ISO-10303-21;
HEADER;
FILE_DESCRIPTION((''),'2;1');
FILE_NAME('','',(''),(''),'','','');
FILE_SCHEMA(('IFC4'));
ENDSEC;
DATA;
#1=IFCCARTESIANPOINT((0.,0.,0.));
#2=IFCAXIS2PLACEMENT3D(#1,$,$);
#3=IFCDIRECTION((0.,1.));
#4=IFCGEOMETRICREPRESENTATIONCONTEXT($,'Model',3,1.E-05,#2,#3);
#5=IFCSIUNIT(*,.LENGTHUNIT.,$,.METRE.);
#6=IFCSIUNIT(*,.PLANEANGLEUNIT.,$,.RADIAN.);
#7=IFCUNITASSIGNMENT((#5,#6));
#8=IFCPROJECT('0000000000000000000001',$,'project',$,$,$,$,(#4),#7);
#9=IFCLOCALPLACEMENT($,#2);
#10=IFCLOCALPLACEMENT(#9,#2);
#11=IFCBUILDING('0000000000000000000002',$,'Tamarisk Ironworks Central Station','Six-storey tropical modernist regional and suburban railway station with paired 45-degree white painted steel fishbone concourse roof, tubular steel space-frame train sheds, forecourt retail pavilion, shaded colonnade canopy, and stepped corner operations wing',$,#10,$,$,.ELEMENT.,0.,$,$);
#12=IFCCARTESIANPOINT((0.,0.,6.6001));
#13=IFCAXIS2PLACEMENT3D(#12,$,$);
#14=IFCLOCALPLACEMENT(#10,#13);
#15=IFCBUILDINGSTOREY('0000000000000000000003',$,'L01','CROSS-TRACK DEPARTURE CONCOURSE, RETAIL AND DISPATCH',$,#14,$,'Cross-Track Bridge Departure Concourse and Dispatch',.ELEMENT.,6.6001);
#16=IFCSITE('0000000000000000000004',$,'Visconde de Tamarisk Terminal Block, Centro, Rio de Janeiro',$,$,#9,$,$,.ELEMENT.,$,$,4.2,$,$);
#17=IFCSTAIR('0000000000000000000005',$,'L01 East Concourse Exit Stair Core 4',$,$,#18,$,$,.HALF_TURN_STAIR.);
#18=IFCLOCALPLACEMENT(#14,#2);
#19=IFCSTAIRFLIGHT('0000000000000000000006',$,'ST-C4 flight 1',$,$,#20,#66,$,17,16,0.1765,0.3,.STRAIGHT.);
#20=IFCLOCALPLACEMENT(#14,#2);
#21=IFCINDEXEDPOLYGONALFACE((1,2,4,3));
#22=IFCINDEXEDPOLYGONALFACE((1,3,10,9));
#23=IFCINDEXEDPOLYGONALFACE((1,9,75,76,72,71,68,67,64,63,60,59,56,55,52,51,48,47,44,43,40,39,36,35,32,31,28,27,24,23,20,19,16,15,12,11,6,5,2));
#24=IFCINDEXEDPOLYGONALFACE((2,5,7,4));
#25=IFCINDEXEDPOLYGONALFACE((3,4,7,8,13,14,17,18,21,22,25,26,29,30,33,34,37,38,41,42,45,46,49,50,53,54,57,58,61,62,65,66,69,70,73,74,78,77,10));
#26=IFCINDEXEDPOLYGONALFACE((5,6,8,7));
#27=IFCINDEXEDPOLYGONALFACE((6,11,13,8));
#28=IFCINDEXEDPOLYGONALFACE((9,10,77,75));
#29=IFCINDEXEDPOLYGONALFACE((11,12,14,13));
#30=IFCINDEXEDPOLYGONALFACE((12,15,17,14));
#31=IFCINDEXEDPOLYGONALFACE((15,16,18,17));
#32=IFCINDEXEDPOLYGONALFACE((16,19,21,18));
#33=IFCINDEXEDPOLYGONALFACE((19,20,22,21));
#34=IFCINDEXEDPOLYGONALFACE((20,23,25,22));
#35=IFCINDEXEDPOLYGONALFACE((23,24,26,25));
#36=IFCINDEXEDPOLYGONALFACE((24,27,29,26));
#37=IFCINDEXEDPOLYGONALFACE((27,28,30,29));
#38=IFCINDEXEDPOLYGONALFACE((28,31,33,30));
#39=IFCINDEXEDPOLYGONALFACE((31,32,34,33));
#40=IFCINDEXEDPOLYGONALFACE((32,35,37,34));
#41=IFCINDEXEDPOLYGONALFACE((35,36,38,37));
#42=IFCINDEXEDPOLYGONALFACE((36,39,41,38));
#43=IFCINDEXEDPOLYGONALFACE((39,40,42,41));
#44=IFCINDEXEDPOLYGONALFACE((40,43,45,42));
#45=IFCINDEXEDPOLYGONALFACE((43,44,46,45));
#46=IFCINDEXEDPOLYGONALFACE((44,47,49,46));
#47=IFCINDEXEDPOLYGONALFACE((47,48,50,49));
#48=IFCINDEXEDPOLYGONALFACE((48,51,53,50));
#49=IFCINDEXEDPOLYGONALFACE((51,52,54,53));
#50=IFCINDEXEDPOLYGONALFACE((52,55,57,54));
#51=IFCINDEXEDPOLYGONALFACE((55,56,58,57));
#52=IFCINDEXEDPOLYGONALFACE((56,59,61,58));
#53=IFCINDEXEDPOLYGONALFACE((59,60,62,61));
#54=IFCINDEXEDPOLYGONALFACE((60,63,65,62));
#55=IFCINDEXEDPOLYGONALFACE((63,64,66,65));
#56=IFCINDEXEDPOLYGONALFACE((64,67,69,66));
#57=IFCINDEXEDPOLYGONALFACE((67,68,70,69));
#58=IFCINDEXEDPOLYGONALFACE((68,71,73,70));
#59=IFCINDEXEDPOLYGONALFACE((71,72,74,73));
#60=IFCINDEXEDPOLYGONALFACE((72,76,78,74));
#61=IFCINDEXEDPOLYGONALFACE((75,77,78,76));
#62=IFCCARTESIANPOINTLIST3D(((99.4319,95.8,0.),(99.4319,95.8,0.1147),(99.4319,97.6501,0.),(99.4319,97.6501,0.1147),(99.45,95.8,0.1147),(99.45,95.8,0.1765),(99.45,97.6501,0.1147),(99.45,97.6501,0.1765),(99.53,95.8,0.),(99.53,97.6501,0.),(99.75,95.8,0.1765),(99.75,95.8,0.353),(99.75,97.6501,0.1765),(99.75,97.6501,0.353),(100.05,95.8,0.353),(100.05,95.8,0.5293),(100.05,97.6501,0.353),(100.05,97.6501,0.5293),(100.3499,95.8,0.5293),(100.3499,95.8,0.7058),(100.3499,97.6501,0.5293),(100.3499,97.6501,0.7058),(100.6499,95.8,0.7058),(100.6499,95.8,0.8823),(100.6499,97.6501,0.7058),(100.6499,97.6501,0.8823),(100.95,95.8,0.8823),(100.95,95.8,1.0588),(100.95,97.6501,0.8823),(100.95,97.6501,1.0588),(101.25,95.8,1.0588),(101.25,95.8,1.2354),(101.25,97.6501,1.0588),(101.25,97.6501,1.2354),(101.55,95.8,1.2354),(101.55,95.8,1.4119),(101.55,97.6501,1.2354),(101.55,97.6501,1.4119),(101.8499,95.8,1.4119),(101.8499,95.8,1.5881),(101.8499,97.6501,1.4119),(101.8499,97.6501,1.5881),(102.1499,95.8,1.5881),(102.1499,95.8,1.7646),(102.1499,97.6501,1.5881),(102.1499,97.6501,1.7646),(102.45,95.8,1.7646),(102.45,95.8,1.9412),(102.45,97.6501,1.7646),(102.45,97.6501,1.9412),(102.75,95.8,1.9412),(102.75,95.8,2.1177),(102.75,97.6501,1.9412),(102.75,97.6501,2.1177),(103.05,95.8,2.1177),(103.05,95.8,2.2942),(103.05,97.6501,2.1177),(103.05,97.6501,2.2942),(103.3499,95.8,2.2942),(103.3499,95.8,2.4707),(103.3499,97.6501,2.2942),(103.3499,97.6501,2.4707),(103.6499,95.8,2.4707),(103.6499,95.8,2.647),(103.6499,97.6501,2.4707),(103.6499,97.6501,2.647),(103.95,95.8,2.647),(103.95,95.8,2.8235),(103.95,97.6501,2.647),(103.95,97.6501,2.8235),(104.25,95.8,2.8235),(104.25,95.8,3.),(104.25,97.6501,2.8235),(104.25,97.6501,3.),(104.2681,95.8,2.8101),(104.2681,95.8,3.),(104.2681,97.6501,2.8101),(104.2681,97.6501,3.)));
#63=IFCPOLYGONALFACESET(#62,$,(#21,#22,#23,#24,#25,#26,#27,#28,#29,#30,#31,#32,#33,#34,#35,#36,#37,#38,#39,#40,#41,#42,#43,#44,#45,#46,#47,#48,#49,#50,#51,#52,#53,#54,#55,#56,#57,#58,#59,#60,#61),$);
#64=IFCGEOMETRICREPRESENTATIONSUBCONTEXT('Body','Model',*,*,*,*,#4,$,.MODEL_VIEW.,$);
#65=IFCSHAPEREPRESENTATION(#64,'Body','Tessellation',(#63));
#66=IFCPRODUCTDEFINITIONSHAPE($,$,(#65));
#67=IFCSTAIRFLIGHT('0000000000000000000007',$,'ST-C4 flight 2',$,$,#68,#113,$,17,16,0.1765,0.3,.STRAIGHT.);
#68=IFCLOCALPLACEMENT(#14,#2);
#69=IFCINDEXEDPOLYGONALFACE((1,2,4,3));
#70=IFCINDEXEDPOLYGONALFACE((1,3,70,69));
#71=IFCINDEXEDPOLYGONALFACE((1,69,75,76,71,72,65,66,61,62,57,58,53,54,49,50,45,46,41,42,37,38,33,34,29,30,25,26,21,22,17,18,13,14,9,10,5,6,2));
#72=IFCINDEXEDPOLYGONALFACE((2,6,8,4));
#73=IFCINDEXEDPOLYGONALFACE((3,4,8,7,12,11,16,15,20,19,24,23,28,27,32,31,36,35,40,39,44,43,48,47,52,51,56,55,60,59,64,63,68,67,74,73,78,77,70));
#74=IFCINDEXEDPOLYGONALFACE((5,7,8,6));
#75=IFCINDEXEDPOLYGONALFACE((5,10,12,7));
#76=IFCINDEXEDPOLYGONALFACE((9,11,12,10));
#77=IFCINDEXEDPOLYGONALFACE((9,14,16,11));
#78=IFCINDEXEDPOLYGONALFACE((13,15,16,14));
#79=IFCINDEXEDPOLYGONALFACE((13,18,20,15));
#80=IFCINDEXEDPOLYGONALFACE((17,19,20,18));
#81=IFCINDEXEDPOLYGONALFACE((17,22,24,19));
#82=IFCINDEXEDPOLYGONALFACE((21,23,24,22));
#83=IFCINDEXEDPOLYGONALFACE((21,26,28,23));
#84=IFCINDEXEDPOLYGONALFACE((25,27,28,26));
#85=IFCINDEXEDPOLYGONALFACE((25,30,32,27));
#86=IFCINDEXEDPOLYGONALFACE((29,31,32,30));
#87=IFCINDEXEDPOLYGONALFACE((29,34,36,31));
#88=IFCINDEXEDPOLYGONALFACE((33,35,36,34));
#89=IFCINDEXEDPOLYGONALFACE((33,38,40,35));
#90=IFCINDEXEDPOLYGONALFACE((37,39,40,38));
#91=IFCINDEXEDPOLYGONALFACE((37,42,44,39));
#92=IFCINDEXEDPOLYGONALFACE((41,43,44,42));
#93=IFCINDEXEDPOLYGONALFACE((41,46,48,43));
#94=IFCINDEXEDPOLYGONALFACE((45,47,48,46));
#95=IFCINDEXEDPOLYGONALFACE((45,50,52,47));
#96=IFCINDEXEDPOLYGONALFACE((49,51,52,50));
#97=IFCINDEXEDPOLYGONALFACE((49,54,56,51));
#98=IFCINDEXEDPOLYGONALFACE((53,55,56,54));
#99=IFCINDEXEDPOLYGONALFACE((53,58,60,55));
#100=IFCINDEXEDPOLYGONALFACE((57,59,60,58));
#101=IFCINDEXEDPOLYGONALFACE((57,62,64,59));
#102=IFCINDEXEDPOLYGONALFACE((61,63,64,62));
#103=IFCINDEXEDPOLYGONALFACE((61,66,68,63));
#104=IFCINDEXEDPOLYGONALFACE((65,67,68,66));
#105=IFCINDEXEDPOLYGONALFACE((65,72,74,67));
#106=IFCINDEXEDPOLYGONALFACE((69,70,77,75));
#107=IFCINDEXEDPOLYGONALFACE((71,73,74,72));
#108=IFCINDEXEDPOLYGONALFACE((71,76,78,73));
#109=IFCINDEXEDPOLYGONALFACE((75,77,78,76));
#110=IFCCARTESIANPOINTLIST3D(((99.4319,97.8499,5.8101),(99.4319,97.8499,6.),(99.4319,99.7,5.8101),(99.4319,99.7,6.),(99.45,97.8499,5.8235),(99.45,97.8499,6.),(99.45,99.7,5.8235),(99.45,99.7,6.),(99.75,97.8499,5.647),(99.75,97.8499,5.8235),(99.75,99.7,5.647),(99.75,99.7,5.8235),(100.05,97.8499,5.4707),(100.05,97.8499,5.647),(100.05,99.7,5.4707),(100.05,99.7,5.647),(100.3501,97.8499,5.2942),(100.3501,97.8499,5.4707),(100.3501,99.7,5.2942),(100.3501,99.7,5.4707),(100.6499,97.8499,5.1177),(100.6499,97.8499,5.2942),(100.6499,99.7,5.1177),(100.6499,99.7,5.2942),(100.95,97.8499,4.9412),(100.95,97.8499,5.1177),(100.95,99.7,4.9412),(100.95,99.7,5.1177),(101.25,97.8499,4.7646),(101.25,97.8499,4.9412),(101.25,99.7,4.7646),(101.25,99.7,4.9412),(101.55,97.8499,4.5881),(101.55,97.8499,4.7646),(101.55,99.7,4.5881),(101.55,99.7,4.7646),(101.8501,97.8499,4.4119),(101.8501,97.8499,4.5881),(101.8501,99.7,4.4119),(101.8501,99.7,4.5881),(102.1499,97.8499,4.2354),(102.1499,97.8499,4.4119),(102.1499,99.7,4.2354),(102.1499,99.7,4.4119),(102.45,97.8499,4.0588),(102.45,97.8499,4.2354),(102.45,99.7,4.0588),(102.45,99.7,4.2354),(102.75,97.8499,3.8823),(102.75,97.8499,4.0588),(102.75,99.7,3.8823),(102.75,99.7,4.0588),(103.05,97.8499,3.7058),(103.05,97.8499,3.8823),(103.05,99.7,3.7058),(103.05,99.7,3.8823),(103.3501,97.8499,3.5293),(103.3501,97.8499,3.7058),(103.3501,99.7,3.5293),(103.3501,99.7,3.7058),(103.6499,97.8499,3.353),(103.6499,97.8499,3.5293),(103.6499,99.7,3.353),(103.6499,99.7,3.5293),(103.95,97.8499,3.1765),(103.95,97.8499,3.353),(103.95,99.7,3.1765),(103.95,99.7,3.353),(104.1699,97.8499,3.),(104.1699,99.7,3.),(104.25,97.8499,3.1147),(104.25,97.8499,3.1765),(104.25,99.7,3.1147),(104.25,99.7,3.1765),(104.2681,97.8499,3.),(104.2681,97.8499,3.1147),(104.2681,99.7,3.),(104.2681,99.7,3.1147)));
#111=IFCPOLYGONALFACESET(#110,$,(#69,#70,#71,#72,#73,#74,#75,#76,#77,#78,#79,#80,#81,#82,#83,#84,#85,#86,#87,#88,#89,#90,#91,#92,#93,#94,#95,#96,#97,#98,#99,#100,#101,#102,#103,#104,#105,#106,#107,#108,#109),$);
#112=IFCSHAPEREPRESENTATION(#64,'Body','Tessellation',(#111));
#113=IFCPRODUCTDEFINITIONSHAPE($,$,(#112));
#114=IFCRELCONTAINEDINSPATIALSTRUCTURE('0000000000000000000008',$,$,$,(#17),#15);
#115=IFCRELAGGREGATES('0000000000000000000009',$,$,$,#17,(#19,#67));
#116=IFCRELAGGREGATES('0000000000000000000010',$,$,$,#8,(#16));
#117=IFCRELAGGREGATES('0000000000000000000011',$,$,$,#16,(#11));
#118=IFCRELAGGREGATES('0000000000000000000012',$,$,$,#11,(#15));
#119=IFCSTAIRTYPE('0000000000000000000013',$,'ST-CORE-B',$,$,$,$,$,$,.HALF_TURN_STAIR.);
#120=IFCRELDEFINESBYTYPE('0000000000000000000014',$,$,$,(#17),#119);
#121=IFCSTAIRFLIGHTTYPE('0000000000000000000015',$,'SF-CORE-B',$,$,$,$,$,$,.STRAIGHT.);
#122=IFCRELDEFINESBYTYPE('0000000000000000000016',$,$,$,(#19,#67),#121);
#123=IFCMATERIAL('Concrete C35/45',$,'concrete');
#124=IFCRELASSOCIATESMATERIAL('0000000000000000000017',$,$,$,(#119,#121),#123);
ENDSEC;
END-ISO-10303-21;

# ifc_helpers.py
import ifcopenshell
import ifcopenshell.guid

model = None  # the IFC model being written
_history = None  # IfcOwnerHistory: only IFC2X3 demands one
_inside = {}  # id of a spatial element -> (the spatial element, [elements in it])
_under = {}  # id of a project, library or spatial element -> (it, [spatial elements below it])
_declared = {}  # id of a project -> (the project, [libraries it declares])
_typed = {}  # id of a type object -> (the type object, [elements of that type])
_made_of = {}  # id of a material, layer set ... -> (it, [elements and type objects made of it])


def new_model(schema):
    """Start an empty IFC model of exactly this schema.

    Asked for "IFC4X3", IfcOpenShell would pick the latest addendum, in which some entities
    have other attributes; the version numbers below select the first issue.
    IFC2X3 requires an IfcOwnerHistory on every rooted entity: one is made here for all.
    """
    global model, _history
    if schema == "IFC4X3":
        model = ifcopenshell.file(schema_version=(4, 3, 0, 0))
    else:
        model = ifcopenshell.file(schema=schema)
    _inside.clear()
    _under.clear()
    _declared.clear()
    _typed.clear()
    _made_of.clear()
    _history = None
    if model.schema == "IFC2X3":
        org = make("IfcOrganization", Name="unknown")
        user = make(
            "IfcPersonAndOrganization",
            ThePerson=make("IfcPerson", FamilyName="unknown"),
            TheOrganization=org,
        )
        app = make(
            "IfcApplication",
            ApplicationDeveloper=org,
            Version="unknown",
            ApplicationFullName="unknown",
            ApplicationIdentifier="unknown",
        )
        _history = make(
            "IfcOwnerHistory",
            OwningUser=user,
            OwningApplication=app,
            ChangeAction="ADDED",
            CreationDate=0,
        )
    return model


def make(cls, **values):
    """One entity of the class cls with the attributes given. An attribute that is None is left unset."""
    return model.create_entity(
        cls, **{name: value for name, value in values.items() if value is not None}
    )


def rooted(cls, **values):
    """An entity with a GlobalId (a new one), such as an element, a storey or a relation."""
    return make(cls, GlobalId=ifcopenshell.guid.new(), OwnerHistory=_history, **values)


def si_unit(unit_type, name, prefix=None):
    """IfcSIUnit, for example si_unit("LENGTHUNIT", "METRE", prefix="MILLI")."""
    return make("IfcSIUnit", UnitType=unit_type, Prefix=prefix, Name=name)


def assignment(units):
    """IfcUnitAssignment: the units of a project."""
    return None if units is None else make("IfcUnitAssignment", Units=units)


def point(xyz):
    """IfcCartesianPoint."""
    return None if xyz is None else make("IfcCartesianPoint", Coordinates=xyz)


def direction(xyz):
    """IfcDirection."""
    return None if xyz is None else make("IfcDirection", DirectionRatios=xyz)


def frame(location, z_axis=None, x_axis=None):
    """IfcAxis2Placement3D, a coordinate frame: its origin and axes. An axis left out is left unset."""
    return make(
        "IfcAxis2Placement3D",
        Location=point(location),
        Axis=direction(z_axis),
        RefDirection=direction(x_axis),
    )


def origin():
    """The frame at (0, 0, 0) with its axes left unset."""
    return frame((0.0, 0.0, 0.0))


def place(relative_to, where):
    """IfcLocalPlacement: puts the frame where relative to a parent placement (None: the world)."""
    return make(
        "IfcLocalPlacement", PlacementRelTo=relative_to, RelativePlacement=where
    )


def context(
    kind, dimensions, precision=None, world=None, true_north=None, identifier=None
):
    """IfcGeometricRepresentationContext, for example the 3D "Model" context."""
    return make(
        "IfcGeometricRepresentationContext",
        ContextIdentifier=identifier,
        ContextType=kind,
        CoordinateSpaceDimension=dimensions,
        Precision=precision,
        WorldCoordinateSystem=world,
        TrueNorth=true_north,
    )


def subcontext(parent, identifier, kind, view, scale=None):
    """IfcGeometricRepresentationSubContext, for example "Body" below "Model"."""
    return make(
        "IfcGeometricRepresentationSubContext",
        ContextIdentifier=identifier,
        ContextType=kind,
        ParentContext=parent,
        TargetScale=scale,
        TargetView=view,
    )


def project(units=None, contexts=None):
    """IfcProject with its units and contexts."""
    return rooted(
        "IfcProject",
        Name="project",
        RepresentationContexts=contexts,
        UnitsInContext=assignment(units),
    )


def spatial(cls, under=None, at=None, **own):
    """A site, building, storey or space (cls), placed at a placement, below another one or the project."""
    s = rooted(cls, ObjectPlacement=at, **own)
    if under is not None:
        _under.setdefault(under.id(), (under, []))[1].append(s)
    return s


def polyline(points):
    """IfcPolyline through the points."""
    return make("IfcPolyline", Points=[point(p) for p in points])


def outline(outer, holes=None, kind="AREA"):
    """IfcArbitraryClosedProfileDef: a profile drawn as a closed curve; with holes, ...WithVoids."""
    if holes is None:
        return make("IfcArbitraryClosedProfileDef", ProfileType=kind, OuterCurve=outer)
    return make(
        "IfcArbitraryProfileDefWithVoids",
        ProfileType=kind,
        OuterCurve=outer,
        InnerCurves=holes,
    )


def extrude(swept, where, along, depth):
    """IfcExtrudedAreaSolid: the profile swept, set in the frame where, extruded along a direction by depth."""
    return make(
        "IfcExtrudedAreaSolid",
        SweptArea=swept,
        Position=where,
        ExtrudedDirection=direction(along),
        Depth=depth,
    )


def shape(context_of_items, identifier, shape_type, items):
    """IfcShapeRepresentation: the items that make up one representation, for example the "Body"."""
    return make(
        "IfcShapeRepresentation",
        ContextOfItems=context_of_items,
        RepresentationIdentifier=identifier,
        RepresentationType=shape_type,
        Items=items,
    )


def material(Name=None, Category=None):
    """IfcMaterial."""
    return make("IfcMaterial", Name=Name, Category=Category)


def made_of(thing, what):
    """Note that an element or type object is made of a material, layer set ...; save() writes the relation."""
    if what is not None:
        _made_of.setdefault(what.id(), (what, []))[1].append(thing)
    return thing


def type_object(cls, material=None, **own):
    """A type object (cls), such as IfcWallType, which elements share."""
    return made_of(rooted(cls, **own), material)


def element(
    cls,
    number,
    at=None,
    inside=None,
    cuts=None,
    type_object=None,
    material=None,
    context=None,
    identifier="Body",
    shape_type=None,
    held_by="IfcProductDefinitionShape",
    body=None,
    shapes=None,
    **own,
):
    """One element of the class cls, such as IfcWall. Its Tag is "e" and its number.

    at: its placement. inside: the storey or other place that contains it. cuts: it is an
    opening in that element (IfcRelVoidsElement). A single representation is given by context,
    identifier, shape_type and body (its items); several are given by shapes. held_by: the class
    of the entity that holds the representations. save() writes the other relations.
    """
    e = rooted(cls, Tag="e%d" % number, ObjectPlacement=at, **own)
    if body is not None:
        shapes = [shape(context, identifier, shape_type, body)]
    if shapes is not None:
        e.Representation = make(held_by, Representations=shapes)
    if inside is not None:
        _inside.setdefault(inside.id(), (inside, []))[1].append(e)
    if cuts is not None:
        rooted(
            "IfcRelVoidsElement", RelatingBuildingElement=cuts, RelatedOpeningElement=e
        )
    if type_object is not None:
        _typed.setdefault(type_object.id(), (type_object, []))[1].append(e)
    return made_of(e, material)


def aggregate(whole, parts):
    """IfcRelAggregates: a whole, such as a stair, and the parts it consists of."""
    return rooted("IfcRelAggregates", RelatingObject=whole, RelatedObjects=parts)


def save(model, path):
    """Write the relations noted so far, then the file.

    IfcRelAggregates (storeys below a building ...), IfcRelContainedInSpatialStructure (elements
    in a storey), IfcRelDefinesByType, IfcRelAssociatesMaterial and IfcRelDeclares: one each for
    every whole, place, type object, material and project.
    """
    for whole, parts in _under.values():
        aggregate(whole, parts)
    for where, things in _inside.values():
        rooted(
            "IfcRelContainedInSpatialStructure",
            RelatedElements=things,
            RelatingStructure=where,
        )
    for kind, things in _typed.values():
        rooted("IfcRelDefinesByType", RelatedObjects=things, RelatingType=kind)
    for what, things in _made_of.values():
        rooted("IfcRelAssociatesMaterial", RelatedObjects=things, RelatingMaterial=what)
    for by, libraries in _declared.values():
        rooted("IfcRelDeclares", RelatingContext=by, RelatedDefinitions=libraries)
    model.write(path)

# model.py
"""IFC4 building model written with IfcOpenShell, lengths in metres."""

from ifc_helpers import new_model, si_unit, direction, frame, origin, place, context, subcontext, project, spatial, polyline, outline, extrude, material, type_object, element, aggregate, save


model = new_model("IFC4")

# Units and contexts
model_context = context("Model", 3, precision=1e-05, world=origin(), true_north=direction((0.0, 1.0)))
body_context = subcontext(model_context, "Body", "Model", "MODEL_VIEW")
ifc_project = project(units=[si_unit("LENGTHUNIT", "METRE"), si_unit("PLANEANGLEUNIT", "RADIAN")], contexts=[model_context])

# Site, building, storey
site_placement = place(None, origin())
site = spatial("IfcSite", under=ifc_project, at=site_placement, Name="Visconde de Tamarisk Terminal Block, Centro, Rio de Janeiro", CompositionType="ELEMENT", RefElevation=4.2)
building_placement = place(site_placement, origin())
building = spatial("IfcBuilding", under=site, at=building_placement, Name="Tamarisk Ironworks Central Station", Description="Six-storey tropical modernist regional and suburban railway station with paired 45-degree white painted steel fishbone concourse roof, tubular steel space-frame train sheds, forecourt retail pavilion, shaded colonnade canopy, and stepped corner operations wing", CompositionType="ELEMENT", ElevationOfRefHeight=0.0)
storey_placement = place(building_placement, frame((0.0, 0.0, 6.6001)))
storey = spatial("IfcBuildingStorey", under=building, at=storey_placement, Name="L01", Description="CROSS-TRACK DEPARTURE CONCOURSE, RETAIL AND DISPATCH", LongName="Cross-Track Bridge Departure Concourse and Dispatch", CompositionType="ELEMENT", Elevation=6.6001)

# Stair, stair flights
ifc_material_1 = material(Name="Concrete C35/45", Category="concrete")
stair_type = type_object("IfcStairType", Name="ST-CORE-B", PredefinedType="HALF_TURN_STAIR", material=ifc_material_1)
stair_placement = place(storey_placement, origin())
stair = element("IfcStair", 1, at=stair_placement, inside=storey, type_object=stair_type, Name="L01 East Concourse Exit Stair Core 4", PredefinedType="HALF_TURN_STAIR")
stair_flight_type = type_object("IfcStairFlightType", Name="SF-CORE-B", PredefinedType="STRAIGHT", material=ifc_material_1)
stair_flight_1_placement = place(storey_placement, frame((99.45, 96.7251, 0.0), z_axis=(0.0, 0.0, 1.0), x_axis=(1.0, 0.0, 0.0)))
stair_flight_1 = element("IfcStairFlight", 2, at=stair_flight_1_placement, type_object=stair_flight_type, Name="ST-C4 flight 1", NumberOfRisers=17, NumberOfTreads=16, PredefinedType="STRAIGHT", RiserHeight=0.1765, TreadLength=0.3, context=body_context, shape_type="SweptSolid", body=[
    extrude(outline(polyline([(-0.0181, 0.0), (-0.0181, 0.1147), (0.0, 0.1147), (0.0, 0.1765), (0.3, 0.1765), (0.3, 0.353), (0.6001, 0.353), (0.6001, 0.5293), (0.8999, 0.5293), (0.8999, 0.7058), (1.2, 0.7058), (1.2, 0.8823), (1.5, 0.8823), (1.5, 1.0588), (1.8, 1.0588), (1.8, 1.2354), (2.1001, 1.2354), (2.1001, 1.4119), (2.3999, 1.4119), (2.3999, 1.5881), (2.7, 1.5881), (2.7, 1.7646), (3.0, 1.7646), (3.0, 1.9412), (3.3, 1.9412), (3.3, 2.1177), (3.6001, 2.1177), (3.6001, 2.2942), (3.8999, 2.2942), (3.8999, 2.4707), (4.2, 2.4707), (4.2, 2.647), (4.5, 2.647), (4.5, 2.8235), (4.8, 2.8235), (4.8, 3.0), (4.8181, 3.0), (4.8181, 2.8101), (0.0801, 0.0), (-0.0181, 0.0)])), frame((0.0, 0.925, 0.0), z_axis=(0.0, -1.0, 0.0), x_axis=(1.0, 0.0, 0.0)), (0.0, 0.0, 1.0), 1.8501),
])
stair_flight_2_placement = place(storey_placement, frame((104.25, 98.7749, 3.0), z_axis=(0.0, 0.0, 1.0), x_axis=(-1.0, 0.0, 0.0)))
stair_flight_2 = element("IfcStairFlight", 3, at=stair_flight_2_placement, type_object=stair_flight_type, Name="ST-C4 flight 2", NumberOfRisers=17, NumberOfTreads=16, PredefinedType="STRAIGHT", RiserHeight=0.1765, TreadLength=0.3, context=body_context, shape_type="SweptSolid", body=[
    extrude(outline(polyline([(-0.0181, 0.0), (-0.0181, 0.1147), (0.0, 0.1147), (0.0, 0.1765), (0.3, 0.1765), (0.3, 0.353), (0.6001, 0.353), (0.6001, 0.5293), (0.8999, 0.5293), (0.8999, 0.7058), (1.2, 0.7058), (1.2, 0.8823), (1.5, 0.8823), (1.5, 1.0588), (1.8, 1.0588), (1.8, 1.2354), (2.1001, 1.2354), (2.1001, 1.4119), (2.3999, 1.4119), (2.3999, 1.5881), (2.7, 1.5881), (2.7, 1.7646), (3.0, 1.7646), (3.0, 1.9412), (3.3, 1.9412), (3.3, 2.1177), (3.6001, 2.1177), (3.6001, 2.2942), (3.8999, 2.2942), (3.8999, 2.4707), (4.2, 2.4707), (4.2, 2.647), (4.5, 2.647), (4.5, 2.8235), (4.8, 2.8235), (4.8, 3.0), (4.8181, 3.0), (4.8181, 2.8101), (0.0801, 0.0), (-0.0181, 0.0)])), frame((0.0, 0.925, 0.0), z_axis=(0.0, -1.0, 0.0), x_axis=(1.0, 0.0, 0.0)), (0.0, 0.0, 1.0), 1.8501),
])
aggregate(stair, [stair_flight_1, stair_flight_2])

save(model, "model.ifc")
